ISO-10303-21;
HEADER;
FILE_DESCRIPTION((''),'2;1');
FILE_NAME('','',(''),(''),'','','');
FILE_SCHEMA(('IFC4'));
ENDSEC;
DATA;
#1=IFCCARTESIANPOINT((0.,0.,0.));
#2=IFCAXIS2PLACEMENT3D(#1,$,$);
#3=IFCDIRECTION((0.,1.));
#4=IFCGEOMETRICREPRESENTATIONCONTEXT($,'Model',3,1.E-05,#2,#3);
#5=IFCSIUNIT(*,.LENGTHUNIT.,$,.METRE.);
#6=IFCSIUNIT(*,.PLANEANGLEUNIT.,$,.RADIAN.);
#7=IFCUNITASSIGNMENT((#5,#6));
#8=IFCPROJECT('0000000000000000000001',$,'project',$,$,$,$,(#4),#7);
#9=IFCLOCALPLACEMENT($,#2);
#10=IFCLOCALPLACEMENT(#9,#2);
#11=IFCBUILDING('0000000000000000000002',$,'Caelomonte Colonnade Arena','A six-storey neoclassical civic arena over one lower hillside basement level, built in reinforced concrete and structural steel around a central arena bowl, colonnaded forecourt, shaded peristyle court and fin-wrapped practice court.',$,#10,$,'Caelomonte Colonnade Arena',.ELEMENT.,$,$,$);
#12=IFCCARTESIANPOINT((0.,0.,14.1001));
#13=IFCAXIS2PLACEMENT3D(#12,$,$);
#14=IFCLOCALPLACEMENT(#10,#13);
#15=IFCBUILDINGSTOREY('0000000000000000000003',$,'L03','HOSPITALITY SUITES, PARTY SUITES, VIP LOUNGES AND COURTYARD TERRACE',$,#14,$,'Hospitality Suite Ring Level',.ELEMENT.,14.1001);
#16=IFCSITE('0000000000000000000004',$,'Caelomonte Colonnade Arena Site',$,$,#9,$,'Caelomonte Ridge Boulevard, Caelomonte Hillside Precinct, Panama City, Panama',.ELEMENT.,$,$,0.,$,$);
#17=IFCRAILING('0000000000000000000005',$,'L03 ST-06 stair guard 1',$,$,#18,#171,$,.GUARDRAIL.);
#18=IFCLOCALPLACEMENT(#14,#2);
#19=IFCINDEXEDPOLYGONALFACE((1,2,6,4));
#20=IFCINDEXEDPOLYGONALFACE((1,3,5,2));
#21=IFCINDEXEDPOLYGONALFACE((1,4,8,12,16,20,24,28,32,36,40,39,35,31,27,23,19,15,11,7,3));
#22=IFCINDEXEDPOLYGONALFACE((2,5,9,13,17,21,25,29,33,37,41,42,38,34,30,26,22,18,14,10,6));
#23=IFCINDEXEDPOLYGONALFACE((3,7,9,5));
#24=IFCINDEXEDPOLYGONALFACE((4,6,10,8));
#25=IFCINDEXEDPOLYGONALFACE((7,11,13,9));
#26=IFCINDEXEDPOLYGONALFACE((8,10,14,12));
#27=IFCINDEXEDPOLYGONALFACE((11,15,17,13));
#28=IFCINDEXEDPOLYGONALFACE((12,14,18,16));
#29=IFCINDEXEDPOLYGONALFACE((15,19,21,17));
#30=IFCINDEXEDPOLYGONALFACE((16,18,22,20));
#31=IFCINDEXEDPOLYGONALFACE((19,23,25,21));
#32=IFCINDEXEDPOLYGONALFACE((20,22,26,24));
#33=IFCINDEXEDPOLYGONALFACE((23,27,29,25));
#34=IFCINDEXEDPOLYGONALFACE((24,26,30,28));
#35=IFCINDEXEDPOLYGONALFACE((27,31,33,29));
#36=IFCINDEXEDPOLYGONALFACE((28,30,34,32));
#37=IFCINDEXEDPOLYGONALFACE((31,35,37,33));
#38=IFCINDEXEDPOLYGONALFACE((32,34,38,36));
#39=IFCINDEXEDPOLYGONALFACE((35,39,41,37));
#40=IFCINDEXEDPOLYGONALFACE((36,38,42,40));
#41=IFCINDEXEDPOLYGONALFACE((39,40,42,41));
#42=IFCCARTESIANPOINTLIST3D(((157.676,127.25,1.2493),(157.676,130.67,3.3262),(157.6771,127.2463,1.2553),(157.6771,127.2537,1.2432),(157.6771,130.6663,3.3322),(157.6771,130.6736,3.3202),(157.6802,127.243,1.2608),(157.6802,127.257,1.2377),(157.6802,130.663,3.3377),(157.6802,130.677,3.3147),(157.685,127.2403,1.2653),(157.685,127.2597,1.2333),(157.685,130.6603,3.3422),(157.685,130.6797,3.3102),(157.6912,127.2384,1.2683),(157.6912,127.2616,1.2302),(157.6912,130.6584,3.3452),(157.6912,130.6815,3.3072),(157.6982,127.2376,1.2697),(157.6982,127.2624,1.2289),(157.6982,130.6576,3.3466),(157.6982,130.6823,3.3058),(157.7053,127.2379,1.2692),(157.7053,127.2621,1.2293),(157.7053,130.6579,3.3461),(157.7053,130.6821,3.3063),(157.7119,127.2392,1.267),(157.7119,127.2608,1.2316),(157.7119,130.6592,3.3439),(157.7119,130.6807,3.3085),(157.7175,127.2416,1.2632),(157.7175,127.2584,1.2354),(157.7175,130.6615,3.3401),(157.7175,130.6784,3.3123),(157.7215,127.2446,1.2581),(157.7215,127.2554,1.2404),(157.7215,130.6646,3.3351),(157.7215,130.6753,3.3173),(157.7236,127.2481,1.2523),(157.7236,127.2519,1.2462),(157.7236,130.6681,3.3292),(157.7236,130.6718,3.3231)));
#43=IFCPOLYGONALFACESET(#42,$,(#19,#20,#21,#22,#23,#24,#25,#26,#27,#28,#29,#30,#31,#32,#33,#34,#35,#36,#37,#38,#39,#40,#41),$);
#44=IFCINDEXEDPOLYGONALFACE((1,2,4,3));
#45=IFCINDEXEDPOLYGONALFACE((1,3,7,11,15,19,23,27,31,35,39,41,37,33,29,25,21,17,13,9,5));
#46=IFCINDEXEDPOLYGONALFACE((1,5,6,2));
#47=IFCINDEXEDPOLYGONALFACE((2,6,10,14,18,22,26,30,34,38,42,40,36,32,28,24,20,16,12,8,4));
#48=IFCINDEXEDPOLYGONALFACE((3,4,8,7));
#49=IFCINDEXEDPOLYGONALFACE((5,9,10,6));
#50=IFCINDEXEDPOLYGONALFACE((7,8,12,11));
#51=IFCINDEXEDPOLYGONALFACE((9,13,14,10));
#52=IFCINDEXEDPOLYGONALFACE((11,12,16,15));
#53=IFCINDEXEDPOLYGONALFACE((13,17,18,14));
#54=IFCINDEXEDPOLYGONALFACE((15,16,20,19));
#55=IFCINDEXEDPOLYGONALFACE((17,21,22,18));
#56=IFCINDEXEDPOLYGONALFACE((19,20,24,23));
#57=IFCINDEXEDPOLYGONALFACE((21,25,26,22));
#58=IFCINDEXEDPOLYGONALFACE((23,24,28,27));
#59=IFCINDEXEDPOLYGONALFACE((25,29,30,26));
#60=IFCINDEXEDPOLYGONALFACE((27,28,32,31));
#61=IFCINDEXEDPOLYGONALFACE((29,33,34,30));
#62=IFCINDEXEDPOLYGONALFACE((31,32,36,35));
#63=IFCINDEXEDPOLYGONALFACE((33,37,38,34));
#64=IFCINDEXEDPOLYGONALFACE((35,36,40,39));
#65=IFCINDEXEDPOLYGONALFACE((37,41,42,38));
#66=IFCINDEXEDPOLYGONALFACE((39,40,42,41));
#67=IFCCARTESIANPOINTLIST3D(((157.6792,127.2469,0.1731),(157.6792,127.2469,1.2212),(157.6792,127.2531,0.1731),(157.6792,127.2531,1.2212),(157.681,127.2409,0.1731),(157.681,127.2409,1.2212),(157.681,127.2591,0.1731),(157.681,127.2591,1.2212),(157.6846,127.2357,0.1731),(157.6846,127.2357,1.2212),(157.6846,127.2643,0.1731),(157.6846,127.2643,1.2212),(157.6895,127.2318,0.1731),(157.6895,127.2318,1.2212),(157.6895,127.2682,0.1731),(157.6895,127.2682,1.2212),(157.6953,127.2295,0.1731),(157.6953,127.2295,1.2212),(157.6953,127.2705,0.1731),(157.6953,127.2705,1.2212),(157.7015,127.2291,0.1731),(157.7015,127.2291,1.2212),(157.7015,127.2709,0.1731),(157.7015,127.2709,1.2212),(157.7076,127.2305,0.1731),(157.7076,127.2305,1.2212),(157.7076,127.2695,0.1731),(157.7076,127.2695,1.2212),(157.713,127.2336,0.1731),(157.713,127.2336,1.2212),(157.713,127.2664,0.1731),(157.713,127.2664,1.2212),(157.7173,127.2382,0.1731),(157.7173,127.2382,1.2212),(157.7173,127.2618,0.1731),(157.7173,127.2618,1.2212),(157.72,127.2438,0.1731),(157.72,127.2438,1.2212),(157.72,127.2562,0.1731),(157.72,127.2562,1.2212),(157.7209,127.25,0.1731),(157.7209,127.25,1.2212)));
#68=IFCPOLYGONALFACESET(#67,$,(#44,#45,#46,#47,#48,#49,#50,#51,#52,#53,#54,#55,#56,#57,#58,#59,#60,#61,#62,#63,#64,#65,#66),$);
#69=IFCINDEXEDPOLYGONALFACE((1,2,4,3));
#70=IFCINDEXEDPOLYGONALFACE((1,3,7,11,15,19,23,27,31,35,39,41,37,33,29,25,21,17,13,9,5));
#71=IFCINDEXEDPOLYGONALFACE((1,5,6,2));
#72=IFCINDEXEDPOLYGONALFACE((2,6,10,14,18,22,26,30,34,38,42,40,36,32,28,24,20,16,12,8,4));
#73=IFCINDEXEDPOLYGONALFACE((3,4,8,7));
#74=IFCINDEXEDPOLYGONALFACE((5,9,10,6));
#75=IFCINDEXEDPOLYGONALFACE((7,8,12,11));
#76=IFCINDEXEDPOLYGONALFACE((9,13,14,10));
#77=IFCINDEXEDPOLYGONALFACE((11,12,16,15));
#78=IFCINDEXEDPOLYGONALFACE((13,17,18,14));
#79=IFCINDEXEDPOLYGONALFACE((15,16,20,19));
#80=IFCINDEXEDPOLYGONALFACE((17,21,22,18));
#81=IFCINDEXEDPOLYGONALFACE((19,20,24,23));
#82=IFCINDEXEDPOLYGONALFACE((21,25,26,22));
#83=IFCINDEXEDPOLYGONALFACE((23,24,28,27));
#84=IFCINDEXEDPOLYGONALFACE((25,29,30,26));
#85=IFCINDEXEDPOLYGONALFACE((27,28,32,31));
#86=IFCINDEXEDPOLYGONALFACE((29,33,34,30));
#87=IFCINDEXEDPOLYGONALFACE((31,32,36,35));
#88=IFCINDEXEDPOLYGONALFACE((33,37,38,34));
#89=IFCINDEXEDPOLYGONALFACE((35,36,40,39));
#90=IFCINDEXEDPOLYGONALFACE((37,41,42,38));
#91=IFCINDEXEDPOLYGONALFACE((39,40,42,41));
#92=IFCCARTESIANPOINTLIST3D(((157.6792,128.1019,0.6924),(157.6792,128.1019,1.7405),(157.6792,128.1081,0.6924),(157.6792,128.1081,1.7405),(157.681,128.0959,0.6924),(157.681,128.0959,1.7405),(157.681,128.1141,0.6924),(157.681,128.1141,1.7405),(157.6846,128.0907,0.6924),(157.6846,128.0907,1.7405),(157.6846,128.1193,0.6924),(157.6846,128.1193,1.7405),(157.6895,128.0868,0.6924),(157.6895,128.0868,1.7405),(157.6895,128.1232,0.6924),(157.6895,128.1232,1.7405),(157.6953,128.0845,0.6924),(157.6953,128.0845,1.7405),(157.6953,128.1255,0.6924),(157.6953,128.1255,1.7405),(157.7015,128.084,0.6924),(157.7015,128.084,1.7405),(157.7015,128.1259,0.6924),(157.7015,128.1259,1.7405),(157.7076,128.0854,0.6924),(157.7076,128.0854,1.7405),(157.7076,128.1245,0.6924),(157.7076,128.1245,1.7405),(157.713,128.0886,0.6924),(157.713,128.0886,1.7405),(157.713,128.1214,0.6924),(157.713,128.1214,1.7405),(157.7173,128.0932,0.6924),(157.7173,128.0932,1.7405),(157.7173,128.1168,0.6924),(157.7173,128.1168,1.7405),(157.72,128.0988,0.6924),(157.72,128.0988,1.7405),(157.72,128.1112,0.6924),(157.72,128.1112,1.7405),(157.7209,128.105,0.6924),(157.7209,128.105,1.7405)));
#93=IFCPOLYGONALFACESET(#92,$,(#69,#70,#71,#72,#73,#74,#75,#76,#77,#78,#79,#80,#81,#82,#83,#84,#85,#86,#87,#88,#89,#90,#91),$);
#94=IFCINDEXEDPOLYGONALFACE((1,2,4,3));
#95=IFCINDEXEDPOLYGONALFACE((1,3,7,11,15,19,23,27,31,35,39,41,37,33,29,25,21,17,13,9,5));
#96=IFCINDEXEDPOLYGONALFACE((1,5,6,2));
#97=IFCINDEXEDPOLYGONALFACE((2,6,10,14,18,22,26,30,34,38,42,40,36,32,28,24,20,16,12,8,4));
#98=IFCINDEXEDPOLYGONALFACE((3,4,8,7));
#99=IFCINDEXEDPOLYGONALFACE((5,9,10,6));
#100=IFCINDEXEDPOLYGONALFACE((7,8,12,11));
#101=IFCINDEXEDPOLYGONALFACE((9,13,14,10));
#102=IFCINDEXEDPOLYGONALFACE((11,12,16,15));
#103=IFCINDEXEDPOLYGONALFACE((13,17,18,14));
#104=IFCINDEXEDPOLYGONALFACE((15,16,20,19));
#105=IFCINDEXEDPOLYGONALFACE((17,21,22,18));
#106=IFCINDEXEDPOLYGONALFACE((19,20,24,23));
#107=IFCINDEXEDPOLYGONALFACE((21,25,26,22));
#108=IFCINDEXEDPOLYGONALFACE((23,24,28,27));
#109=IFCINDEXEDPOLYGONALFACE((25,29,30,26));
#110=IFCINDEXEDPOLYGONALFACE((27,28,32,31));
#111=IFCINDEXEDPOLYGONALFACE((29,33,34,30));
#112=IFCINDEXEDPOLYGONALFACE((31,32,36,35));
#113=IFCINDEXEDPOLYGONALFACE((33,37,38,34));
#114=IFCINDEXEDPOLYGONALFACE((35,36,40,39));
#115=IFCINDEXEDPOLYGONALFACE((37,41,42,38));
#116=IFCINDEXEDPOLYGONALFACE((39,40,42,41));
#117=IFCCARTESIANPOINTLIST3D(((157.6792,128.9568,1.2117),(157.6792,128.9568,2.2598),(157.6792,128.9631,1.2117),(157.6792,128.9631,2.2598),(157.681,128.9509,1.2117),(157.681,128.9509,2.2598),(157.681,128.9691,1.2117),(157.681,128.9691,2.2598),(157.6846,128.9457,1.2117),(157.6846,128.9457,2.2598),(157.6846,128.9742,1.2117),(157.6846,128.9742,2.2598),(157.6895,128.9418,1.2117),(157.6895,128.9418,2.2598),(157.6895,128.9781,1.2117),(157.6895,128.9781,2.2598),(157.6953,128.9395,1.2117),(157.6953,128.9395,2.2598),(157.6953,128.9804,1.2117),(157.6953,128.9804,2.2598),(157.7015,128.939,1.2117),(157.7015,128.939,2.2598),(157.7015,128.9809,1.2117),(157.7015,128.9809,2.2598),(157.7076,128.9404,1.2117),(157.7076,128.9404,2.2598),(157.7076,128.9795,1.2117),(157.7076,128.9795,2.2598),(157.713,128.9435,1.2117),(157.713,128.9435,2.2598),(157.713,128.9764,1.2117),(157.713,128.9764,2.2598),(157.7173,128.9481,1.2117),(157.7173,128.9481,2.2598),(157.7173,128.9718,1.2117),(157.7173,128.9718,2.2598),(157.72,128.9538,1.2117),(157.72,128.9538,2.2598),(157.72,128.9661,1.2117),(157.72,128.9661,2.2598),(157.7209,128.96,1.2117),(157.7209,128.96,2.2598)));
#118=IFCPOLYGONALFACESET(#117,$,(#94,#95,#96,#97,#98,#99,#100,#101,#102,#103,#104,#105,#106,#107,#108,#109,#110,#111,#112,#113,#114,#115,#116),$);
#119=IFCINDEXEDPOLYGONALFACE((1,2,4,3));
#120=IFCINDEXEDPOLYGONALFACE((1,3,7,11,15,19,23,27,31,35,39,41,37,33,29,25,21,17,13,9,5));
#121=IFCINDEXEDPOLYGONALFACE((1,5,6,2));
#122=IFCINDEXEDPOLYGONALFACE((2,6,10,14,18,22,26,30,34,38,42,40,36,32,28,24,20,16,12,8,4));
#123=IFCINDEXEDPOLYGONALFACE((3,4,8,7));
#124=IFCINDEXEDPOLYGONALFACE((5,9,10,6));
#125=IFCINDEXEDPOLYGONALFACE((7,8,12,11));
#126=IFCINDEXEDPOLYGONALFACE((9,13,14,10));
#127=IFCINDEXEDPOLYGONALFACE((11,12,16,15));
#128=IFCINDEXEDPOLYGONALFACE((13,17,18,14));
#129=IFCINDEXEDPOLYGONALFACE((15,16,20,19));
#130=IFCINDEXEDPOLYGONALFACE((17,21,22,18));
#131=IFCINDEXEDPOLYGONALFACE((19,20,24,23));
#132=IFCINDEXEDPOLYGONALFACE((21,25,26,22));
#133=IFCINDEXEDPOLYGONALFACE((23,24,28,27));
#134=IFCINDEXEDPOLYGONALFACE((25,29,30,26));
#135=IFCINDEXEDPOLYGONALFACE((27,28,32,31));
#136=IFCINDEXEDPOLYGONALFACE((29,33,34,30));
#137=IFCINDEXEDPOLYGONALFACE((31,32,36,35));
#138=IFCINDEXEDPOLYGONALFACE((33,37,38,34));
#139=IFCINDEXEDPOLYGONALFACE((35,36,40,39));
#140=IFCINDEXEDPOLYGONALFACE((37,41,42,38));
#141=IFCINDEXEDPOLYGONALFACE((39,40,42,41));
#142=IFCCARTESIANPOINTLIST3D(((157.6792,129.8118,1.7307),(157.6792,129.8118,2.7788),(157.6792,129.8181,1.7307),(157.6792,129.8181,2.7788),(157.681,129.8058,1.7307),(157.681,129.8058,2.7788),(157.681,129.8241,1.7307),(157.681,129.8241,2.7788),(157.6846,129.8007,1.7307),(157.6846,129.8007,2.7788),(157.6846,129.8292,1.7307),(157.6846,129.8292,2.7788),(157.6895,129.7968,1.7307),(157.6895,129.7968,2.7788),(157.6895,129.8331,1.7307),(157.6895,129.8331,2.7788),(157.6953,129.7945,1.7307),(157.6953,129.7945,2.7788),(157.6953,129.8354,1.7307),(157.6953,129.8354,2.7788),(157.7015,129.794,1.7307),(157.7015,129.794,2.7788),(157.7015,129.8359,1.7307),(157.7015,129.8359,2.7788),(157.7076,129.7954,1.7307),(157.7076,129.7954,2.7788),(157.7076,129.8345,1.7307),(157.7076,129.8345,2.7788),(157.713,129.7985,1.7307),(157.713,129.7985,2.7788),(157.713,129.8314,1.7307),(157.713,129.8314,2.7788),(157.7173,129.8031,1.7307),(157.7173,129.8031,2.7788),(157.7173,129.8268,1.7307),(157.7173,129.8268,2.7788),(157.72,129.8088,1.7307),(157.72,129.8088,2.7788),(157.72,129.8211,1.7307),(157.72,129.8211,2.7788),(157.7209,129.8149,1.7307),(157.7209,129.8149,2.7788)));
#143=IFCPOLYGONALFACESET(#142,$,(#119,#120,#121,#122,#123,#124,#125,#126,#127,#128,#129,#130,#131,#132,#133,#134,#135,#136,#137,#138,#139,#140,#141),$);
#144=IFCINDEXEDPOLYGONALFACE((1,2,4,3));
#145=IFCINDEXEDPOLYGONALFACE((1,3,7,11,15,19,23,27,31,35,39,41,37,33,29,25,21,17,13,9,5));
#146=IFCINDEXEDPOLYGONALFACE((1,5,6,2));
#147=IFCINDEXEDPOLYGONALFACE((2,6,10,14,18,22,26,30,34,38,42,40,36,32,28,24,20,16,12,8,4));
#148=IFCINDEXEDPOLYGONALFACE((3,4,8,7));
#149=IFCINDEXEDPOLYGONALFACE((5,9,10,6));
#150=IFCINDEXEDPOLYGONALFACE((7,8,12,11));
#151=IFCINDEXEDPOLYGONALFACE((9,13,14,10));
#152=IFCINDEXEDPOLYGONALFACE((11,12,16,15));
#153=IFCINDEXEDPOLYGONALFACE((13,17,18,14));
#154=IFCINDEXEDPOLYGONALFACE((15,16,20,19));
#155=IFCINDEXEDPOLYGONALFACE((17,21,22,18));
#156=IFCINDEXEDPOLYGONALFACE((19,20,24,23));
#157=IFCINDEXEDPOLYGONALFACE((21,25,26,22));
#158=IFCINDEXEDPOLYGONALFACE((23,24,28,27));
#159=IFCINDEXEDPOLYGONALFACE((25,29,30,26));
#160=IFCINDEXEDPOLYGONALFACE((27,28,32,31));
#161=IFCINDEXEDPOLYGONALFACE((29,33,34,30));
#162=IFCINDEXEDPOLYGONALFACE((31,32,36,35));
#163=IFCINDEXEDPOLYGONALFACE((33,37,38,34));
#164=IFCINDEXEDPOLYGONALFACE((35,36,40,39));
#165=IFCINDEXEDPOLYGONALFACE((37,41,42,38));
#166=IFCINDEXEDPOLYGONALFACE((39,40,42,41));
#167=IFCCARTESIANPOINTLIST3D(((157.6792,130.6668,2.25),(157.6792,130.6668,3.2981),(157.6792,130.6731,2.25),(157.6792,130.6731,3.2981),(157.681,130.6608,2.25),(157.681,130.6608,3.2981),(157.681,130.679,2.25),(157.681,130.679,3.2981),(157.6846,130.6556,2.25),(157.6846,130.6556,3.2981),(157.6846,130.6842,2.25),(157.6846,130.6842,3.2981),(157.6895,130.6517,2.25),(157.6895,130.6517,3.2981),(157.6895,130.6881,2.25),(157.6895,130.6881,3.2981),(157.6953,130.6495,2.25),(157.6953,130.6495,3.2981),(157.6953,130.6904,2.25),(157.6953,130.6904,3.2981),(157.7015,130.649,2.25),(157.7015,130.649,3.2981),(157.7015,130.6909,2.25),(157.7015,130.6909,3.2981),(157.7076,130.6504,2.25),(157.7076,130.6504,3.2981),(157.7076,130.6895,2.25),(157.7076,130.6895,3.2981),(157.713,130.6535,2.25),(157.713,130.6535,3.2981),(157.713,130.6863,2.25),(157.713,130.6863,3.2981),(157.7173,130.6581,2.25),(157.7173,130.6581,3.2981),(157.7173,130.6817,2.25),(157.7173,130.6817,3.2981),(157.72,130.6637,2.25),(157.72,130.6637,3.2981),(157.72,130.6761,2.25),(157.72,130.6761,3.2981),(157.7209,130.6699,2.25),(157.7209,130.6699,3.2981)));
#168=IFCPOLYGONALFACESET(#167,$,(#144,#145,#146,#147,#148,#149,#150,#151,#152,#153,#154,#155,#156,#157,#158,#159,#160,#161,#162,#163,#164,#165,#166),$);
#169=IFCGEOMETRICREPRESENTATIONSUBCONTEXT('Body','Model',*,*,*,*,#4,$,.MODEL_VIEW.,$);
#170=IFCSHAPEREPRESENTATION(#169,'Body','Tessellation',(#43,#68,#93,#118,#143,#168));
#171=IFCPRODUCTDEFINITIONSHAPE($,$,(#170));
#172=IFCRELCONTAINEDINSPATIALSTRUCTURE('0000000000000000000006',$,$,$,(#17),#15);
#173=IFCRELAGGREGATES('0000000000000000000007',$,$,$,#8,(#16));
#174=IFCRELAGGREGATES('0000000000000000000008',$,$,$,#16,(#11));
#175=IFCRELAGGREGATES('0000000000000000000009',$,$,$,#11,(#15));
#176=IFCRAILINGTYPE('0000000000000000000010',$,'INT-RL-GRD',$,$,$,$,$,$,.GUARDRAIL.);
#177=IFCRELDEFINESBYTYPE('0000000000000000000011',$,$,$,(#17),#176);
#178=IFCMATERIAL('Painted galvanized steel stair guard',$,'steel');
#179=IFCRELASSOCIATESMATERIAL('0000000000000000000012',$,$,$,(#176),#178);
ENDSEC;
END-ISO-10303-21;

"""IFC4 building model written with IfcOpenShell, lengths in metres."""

from ifc_helpers import new_model, si_unit, direction, frame, origin, origin_2d, place, context, subcontext, project, spatial, circle, extrude, material, type_object, element, save


model = new_model("IFC4")

# Units and contexts
model_context = context("Model", 3, precision=1e-05, world=origin(), true_north=direction((0.0, 1.0)))
body_context = subcontext(model_context, "Body", "Model", "MODEL_VIEW")
ifc_project = project(units=[si_unit("LENGTHUNIT", "METRE"), si_unit("PLANEANGLEUNIT", "RADIAN")], contexts=[model_context])

# Site, building, storey
site_placement = place(None, origin())
site = spatial("IfcSite", under=ifc_project, at=site_placement, Name="Caelomonte Colonnade Arena Site", LongName="Caelomonte Ridge Boulevard, Caelomonte Hillside Precinct, Panama City, Panama", CompositionType="ELEMENT", RefElevation=0.0)
building_placement = place(site_placement, origin())
building = spatial("IfcBuilding", under=site, at=building_placement, Name="Caelomonte Colonnade Arena", Description="A six-storey neoclassical civic arena over one lower hillside basement level, built in reinforced concrete and structural steel around a central arena bowl, colonnaded forecourt, shaded peristyle court and fin-wrapped practice court.", LongName="Caelomonte Colonnade Arena", CompositionType="ELEMENT")
storey_placement = place(building_placement, frame((0.0, 0.0, 14.1001)))
storey = spatial("IfcBuildingStorey", under=building, at=storey_placement, Name="L03", Description="HOSPITALITY SUITES, PARTY SUITES, VIP LOUNGES AND COURTYARD TERRACE", LongName="Hospitality Suite Ring Level", CompositionType="ELEMENT", Elevation=14.1001)

# Railing
ifc_material_1 = material(Name="Painted galvanized steel stair guard", Category="steel")
railing_type_1 = type_object("IfcRailingType", Name="INT-RL-GRD", PredefinedType="GUARDRAIL", material=ifc_material_1)
railing_1_placement = place(storey_placement, frame((157.7, 127.25, 0.1731)))
element("IfcRailing", 1, at=railing_1_placement, inside=storey, type_object=railing_type_1, Name="L03 ST-06 stair guard 1", PredefinedType="GUARDRAIL", context=body_context, shape_type="SweptSolid", body=[
    extrude(circle(Radius=0.0239, at=origin_2d()), frame((0.0, 0.0, 1.0762), z_axis=(0.0, 0.85473, 0.519074), x_axis=(-1.0, 0.0, 0.0)), (0.0, 0.0, 1.0), 4.0012),
    extrude(circle(Radius=0.021, at=origin_2d()), origin(), (0.0, 0.0, 1.0), 1.0481),
    extrude(circle(Radius=0.021, at=origin_2d()), frame((0.0, 0.855, 0.5193)), (0.0, 0.0, 1.0), 1.0481),
    extrude(circle(Radius=0.021, at=origin_2d()), frame((0.0, 1.71, 1.0386)), (0.0, 0.0, 1.0), 1.0481),
    extrude(circle(Radius=0.021, at=origin_2d()), frame((0.0, 2.5649, 1.5576)), (0.0, 0.0, 1.0), 1.0481),
    extrude(circle(Radius=0.021, at=origin_2d()), frame((0.0, 3.4199, 2.0769)), (0.0, 0.0, 1.0), 1.0481),
])

save(model, "model.ifc")
